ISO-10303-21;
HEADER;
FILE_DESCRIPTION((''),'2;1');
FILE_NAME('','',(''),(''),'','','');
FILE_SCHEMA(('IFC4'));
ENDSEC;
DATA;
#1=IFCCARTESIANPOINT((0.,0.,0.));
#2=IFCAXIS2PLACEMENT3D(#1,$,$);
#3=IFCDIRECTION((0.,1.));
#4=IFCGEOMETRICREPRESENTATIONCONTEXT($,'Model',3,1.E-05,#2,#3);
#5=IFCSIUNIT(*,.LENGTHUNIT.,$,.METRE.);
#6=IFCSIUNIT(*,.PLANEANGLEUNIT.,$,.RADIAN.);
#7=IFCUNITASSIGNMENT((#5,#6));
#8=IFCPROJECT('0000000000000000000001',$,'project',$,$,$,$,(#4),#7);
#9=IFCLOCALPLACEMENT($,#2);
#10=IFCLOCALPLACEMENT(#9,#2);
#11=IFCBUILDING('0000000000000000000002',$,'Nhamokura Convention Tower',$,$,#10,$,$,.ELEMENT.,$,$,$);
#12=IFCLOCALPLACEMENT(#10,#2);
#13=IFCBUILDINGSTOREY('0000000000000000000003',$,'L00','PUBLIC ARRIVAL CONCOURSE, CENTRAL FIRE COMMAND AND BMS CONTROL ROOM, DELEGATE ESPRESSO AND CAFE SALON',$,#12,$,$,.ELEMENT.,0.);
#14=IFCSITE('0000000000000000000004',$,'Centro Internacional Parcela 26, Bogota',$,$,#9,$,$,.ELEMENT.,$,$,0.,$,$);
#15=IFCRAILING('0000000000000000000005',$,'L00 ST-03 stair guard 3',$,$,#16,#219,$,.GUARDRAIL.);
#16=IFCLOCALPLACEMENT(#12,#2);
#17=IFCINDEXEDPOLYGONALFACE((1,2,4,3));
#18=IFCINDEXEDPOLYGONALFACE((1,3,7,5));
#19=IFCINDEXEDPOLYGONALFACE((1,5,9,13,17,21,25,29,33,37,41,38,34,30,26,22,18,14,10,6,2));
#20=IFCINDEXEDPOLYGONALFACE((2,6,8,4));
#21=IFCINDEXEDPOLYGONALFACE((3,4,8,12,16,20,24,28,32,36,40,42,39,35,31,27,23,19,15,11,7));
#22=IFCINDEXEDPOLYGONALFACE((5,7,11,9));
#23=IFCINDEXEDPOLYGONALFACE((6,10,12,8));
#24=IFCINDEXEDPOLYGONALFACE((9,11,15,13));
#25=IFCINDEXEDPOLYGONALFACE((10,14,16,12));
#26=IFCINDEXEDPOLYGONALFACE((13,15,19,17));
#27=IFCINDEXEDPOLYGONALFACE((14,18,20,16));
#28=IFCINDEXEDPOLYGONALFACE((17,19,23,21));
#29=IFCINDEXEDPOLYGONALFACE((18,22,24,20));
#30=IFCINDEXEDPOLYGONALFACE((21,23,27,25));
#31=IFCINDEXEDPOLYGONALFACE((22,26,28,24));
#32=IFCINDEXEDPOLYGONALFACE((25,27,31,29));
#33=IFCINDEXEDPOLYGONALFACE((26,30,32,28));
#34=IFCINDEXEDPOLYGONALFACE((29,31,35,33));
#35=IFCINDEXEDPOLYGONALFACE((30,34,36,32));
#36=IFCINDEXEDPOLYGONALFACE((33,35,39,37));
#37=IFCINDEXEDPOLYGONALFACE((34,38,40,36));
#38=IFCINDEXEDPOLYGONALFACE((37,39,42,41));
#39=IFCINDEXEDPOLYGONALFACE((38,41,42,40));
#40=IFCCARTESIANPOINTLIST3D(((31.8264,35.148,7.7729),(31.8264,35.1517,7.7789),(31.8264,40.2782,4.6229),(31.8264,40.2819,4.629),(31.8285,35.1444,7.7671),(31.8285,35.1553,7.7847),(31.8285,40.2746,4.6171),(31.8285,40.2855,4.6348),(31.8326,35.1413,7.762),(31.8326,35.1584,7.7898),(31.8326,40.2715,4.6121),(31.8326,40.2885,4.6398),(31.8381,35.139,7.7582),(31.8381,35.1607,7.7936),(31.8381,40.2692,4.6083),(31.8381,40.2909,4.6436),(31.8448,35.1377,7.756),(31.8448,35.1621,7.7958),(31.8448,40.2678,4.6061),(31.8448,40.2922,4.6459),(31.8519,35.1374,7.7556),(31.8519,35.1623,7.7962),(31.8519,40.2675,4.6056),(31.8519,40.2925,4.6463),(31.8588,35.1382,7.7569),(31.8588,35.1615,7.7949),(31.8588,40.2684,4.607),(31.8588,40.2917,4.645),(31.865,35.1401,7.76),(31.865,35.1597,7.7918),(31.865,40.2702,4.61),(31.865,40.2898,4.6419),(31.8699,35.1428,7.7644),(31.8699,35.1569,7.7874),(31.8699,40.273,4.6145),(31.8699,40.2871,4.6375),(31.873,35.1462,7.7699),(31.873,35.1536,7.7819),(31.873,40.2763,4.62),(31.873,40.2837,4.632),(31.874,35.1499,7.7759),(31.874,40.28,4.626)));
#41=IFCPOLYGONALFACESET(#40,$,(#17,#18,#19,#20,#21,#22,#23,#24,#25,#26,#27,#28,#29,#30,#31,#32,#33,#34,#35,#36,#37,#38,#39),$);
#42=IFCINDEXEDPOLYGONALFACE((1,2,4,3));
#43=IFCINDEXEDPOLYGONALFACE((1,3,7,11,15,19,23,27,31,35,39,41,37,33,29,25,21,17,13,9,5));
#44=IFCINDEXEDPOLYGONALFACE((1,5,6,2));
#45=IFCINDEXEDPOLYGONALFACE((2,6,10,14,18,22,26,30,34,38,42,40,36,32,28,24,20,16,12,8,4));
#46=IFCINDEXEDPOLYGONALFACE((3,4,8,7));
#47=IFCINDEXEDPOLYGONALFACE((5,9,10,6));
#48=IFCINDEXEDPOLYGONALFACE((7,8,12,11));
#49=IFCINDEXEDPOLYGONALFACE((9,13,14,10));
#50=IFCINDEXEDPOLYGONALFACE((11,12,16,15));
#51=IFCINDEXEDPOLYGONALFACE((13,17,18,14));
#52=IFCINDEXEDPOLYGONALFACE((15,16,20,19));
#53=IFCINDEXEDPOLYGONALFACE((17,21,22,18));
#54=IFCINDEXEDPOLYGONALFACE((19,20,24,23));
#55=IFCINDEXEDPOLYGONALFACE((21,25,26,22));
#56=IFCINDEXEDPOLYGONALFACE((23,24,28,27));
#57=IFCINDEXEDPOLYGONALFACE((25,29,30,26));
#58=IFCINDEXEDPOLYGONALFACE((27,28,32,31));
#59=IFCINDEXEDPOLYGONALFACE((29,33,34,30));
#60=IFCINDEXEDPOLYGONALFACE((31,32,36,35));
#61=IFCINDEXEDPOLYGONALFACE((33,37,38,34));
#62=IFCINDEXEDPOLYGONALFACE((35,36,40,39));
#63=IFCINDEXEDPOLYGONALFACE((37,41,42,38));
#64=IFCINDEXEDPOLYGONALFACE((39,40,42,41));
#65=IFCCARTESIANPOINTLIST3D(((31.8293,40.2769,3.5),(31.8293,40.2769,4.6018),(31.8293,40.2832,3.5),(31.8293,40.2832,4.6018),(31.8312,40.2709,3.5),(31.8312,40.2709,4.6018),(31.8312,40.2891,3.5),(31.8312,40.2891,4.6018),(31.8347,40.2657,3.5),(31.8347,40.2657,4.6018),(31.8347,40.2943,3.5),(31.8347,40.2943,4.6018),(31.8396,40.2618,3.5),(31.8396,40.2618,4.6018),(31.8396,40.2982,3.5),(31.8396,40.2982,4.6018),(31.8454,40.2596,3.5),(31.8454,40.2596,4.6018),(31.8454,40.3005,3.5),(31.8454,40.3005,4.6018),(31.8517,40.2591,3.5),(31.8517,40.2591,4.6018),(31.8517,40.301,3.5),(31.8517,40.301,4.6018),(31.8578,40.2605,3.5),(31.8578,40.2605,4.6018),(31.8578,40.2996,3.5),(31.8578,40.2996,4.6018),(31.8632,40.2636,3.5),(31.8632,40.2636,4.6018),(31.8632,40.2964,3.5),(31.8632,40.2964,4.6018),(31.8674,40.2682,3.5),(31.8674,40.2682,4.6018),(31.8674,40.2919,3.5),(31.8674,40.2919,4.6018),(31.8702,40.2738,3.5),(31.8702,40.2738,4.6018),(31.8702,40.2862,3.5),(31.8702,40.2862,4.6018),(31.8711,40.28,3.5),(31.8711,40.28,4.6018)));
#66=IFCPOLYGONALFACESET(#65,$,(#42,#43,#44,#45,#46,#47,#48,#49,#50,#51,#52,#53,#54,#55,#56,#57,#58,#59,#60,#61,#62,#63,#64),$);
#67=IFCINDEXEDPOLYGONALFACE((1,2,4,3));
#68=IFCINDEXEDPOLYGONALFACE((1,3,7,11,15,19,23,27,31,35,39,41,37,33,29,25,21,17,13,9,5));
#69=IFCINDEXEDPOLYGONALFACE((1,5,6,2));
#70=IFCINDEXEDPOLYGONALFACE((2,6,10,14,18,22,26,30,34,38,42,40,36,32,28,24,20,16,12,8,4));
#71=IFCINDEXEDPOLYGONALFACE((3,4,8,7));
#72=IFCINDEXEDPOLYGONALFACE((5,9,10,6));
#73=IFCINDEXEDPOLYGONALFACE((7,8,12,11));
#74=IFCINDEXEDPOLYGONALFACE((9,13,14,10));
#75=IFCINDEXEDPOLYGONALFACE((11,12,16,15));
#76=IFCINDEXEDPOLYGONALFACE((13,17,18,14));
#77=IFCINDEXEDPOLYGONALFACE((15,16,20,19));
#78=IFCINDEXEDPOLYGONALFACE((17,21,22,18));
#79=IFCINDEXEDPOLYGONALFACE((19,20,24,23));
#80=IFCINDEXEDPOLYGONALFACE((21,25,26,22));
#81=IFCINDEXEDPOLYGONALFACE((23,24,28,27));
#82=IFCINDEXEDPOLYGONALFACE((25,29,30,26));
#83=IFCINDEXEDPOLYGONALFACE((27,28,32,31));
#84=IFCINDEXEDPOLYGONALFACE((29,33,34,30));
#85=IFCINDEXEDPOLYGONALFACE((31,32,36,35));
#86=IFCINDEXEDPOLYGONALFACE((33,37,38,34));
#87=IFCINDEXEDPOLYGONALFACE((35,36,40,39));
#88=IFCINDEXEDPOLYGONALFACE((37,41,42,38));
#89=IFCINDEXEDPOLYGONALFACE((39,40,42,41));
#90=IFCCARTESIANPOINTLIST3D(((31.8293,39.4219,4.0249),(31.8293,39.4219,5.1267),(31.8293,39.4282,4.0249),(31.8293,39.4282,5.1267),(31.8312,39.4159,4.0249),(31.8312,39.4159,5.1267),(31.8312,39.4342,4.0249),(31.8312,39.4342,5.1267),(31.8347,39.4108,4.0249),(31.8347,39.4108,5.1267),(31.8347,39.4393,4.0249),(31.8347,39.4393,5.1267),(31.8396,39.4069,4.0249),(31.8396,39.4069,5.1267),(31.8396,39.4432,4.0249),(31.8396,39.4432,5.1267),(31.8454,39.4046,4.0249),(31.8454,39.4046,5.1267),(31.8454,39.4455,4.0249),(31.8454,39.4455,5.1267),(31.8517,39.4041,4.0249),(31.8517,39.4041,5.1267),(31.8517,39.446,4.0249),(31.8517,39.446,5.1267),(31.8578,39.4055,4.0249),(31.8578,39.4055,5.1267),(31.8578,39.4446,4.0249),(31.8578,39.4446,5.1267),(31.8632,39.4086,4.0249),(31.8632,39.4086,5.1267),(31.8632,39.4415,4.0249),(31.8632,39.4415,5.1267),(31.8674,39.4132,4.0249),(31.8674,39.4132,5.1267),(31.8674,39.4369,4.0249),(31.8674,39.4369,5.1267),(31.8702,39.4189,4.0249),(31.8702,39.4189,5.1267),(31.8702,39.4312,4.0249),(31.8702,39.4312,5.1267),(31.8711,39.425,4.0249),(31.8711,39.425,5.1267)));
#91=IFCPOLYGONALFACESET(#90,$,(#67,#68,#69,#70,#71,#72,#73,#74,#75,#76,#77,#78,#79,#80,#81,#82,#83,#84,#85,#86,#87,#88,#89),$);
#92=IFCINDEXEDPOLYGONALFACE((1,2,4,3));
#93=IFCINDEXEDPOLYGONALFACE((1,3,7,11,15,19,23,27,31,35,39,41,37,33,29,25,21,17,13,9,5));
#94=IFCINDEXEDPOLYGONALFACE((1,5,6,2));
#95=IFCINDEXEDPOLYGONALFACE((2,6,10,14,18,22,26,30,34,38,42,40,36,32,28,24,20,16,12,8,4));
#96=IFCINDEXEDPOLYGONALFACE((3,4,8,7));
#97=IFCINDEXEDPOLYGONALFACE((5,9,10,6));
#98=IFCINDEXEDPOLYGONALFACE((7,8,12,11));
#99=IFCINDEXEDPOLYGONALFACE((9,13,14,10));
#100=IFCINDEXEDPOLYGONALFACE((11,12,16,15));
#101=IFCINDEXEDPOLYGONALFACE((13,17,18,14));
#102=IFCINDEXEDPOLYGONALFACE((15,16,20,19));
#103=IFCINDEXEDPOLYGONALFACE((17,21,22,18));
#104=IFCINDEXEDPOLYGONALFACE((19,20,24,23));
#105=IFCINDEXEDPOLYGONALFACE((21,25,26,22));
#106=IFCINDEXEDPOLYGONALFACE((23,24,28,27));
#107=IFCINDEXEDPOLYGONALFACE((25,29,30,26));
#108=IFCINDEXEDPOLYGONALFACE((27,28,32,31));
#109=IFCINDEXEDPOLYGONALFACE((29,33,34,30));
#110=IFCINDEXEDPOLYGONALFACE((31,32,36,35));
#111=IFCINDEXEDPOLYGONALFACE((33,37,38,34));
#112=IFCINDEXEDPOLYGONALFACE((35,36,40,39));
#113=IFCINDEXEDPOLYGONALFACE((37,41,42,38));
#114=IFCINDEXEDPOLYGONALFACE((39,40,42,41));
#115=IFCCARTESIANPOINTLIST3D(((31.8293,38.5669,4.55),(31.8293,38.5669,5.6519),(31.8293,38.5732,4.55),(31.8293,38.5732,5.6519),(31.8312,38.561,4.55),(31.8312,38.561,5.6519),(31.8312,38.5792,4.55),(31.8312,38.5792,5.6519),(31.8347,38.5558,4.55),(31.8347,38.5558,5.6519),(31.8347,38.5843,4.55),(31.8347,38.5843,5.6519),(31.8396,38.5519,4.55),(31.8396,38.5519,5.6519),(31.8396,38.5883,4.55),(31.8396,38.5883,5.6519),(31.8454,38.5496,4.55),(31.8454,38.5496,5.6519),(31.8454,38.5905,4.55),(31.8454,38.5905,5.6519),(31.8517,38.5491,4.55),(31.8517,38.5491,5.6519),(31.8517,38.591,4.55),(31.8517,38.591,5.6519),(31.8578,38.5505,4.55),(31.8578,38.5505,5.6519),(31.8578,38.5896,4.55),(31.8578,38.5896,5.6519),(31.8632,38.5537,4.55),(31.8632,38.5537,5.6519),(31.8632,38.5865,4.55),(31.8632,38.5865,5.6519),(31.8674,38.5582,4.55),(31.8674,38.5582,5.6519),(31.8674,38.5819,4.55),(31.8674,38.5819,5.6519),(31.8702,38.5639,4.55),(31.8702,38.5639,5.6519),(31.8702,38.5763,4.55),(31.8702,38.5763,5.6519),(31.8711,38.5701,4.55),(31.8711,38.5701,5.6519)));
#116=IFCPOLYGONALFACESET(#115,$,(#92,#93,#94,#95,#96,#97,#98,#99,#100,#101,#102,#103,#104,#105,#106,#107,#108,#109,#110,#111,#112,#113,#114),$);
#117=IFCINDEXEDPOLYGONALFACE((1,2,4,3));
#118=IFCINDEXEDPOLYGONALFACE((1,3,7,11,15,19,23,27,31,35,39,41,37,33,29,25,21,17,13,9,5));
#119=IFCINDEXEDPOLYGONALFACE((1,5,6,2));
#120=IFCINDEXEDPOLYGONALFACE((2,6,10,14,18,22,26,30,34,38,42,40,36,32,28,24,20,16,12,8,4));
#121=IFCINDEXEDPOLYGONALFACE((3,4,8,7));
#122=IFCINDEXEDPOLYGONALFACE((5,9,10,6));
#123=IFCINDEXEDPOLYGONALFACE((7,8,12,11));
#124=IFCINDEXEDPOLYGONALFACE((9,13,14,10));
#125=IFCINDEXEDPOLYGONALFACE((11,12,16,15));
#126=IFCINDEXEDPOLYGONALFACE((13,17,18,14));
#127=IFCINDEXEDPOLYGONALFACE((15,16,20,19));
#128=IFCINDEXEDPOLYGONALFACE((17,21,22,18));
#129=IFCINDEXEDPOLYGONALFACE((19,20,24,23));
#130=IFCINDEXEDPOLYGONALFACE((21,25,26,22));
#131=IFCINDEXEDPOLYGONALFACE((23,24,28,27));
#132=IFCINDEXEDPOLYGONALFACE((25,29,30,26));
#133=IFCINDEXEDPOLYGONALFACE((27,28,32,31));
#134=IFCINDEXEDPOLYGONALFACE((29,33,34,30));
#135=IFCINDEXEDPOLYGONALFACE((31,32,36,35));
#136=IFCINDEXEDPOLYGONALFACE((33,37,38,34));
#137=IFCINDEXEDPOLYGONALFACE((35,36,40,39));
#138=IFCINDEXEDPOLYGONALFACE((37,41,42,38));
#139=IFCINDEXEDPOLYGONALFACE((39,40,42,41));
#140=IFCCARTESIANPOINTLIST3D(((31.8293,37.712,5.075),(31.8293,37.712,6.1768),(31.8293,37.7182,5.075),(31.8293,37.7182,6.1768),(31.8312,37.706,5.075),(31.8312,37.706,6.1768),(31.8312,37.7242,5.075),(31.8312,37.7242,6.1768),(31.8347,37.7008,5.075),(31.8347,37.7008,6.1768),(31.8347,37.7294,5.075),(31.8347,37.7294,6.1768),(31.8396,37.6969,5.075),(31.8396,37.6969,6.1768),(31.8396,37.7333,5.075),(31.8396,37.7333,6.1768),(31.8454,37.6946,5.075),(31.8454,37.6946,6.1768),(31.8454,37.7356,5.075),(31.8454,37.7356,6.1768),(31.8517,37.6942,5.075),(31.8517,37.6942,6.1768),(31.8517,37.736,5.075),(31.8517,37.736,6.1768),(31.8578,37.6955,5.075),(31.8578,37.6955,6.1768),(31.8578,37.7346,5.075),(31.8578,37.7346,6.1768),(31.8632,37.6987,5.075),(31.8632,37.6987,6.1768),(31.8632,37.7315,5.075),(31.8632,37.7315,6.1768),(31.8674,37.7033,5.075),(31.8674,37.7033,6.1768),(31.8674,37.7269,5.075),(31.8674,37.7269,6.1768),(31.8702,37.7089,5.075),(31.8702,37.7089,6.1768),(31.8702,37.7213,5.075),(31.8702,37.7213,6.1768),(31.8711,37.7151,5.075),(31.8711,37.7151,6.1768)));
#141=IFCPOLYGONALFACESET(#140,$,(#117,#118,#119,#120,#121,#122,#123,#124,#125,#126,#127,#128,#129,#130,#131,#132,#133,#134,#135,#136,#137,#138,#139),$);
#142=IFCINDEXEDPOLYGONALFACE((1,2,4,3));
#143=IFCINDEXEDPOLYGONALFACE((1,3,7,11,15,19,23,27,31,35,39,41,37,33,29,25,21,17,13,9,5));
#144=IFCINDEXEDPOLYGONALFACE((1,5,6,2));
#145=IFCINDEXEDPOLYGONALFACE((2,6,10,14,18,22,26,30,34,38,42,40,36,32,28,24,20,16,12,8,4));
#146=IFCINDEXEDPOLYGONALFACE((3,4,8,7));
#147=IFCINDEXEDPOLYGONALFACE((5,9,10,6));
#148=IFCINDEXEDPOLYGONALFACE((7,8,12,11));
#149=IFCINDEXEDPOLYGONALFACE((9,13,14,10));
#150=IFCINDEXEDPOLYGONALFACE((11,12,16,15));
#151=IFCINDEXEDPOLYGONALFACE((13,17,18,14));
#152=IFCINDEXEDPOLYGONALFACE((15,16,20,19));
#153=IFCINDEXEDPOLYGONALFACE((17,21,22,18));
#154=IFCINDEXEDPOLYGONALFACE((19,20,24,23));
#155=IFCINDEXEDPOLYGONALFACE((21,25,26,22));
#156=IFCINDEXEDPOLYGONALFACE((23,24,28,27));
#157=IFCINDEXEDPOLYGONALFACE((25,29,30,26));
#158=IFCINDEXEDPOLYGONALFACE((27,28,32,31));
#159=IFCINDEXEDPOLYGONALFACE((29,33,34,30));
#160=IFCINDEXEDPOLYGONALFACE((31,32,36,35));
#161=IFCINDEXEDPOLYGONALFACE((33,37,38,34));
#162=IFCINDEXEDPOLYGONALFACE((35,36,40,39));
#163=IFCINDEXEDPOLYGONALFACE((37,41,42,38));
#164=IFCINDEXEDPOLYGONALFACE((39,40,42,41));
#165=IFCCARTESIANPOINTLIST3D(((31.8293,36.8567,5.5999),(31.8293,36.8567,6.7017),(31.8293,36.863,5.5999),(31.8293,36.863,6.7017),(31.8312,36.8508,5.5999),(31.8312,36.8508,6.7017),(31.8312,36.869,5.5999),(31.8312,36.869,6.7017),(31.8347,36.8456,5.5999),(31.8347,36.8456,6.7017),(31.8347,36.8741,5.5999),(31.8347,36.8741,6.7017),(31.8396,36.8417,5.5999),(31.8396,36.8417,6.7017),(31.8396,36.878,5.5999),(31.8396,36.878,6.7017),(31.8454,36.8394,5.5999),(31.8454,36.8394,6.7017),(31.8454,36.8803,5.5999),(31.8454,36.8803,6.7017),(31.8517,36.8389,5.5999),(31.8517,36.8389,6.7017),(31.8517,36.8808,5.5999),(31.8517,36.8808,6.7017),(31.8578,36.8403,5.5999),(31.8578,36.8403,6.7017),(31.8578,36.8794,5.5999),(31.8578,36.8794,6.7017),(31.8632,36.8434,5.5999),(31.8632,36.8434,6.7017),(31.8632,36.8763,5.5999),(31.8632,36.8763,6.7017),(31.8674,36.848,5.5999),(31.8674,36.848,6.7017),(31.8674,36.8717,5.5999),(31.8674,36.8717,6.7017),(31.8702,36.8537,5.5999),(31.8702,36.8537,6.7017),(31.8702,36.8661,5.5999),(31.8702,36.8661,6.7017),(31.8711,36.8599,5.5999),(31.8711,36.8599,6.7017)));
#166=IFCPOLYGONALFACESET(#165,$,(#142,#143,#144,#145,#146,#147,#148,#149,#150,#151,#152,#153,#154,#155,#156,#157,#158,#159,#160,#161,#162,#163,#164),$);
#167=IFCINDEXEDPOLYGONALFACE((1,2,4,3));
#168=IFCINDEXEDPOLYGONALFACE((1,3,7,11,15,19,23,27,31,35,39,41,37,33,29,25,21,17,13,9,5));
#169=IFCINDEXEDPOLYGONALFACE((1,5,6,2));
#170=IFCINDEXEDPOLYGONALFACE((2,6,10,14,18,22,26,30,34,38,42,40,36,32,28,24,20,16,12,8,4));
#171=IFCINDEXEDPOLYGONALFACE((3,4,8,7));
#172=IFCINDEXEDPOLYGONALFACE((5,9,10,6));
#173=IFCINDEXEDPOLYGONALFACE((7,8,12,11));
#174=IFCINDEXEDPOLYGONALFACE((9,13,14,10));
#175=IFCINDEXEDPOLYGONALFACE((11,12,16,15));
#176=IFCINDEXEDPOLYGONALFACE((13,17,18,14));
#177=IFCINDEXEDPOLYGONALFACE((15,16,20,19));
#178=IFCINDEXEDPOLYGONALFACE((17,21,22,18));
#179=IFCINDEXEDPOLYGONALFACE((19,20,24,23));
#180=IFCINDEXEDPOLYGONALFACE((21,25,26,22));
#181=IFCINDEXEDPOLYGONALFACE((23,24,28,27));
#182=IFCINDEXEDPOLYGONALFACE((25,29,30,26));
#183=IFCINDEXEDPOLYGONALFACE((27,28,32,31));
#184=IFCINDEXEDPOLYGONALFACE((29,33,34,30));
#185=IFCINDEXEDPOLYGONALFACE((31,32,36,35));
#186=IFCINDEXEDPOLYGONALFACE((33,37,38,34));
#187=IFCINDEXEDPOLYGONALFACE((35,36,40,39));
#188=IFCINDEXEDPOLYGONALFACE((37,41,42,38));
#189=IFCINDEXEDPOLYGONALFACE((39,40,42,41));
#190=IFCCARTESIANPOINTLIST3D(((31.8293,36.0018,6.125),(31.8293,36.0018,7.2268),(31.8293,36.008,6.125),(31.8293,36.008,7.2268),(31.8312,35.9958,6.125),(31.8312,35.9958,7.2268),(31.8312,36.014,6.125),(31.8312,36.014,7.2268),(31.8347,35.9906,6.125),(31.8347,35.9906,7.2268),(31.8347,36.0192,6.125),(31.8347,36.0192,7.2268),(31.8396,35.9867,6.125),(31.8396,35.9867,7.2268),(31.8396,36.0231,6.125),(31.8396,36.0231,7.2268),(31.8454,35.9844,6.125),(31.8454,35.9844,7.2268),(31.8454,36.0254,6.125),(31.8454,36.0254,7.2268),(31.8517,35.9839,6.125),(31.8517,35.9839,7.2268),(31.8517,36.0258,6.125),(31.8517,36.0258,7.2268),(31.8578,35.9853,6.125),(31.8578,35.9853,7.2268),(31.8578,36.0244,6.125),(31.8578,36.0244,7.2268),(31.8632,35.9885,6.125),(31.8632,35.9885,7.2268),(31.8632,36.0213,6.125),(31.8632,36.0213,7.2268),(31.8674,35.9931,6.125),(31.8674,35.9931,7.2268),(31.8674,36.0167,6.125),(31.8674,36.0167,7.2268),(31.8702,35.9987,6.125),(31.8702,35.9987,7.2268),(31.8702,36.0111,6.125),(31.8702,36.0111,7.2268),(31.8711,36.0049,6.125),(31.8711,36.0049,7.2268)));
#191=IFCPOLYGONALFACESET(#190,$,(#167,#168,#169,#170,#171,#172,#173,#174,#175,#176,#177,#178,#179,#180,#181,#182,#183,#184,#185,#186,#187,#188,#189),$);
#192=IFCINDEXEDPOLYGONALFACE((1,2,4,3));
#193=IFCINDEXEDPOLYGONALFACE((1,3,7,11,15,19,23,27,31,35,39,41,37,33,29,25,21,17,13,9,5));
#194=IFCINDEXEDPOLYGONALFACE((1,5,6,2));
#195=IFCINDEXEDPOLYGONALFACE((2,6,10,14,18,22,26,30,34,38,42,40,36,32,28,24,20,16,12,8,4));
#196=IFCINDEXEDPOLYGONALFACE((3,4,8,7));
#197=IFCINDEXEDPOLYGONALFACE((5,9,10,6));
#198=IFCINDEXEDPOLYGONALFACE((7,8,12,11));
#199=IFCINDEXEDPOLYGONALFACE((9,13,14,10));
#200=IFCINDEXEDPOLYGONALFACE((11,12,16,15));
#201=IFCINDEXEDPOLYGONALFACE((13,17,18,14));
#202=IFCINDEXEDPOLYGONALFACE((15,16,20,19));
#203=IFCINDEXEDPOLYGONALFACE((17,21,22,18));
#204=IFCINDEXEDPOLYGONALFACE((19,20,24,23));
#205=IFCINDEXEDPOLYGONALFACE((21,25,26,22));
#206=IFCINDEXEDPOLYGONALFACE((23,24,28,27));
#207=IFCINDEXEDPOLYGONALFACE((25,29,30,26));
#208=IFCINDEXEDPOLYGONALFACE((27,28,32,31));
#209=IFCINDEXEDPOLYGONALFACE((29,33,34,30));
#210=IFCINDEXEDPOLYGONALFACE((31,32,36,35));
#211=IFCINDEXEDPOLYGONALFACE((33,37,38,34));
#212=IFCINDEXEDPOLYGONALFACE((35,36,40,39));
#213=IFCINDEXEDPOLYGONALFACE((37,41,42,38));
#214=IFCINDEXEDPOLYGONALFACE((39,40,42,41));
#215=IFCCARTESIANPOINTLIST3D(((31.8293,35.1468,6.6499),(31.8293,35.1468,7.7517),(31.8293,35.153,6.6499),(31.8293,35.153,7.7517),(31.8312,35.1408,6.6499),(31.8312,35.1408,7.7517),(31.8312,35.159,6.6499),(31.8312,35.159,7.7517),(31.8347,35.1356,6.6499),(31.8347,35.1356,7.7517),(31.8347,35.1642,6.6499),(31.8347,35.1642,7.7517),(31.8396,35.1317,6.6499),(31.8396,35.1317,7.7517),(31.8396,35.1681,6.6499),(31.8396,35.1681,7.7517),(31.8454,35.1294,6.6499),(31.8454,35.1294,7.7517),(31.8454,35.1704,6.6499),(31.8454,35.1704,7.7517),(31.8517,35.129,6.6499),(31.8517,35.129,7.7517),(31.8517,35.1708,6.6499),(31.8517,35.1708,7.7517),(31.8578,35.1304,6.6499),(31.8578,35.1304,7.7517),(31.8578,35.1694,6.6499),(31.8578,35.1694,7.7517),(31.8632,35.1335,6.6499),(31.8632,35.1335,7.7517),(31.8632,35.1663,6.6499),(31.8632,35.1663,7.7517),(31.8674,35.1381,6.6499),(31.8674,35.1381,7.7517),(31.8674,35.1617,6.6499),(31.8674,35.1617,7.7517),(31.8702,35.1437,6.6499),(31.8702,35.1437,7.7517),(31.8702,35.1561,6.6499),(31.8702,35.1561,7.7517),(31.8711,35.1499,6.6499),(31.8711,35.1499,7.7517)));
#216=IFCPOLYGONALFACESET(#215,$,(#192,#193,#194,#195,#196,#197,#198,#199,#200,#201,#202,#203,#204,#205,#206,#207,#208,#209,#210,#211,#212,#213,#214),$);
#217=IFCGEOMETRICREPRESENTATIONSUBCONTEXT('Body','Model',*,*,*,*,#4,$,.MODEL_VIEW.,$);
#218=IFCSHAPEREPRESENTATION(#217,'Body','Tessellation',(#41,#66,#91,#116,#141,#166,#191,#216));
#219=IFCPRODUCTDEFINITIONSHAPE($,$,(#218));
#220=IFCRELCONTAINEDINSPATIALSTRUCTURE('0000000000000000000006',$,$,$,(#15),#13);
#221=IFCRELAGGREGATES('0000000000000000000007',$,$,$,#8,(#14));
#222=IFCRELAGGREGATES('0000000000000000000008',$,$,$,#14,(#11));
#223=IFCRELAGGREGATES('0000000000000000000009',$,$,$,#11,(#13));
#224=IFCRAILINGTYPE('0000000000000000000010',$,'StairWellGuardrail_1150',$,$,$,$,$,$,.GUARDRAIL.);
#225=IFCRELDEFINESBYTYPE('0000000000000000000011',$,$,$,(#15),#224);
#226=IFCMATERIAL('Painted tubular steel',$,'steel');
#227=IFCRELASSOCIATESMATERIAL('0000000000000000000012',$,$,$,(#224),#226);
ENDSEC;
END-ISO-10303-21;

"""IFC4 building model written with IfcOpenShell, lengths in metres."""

from ifc_helpers import new_model, si_unit, direction, frame, origin, origin_2d, place, context, subcontext, project, spatial, circle, extrude, material, type_object, element, save


model = new_model("IFC4")

# Units and contexts
model_context = context("Model", 3, precision=1e-05, world=origin(), true_north=direction((0.0, 1.0)))
body_context = subcontext(model_context, "Body", "Model", "MODEL_VIEW")
ifc_project = project(units=[si_unit("LENGTHUNIT", "METRE"), si_unit("PLANEANGLEUNIT", "RADIAN")], contexts=[model_context])

# Site, building, storey
site_placement = place(None, origin())
site = spatial("IfcSite", under=ifc_project, at=site_placement, Name="Centro Internacional Parcela 26, Bogota", CompositionType="ELEMENT", RefElevation=0.0)
building_placement = place(site_placement, origin())
building = spatial("IfcBuilding", under=site, at=building_placement, Name="Nhamokura Convention Tower", CompositionType="ELEMENT")
storey_placement = place(building_placement, origin())
storey = spatial("IfcBuildingStorey", under=building, at=storey_placement, Name="L00", Description="PUBLIC ARRIVAL CONCOURSE, CENTRAL FIRE COMMAND AND BMS CONTROL ROOM, DELEGATE ESPRESSO AND CAFE SALON", CompositionType="ELEMENT", Elevation=0.0)

# Railing
ifc_material_1 = material(Name="Painted tubular steel", Category="steel")
railing_type = type_object("IfcRailingType", Name="StairWellGuardrail_1150", PredefinedType="GUARDRAIL", material=ifc_material_1)
railing_placement = place(storey_placement, frame((31.8501, 40.28, 3.5)))
element("IfcRailing", 1, at=railing_placement, inside=storey, type_object=railing_type, Name="L00 ST-03 stair guard 3", PredefinedType="GUARDRAIL", context=body_context, shape_type="SweptSolid", body=[
    extrude(circle(Radius=0.0239, at=origin_2d()), frame((0.0, 0.0, 1.126), z_axis=(0.0, -0.852184, 0.523242), x_axis=(1.0, 0.0, 0.0)), (0.0, 0.0, 1.0), 6.02),
    extrude(circle(Radius=0.021, at=origin_2d()), origin(), (0.0, 0.0, 1.0), 1.1018),
    extrude(circle(Radius=0.021, at=origin_2d()), frame((0.0, -0.855, 0.5249)), (0.0, 0.0, 1.0), 1.1018),
    extrude(circle(Radius=0.021, at=origin_2d()), frame((0.0, -1.71, 1.05)), (0.0, 0.0, 1.0), 1.1018),
    extrude(circle(Radius=0.021, at=origin_2d()), frame((0.0, -2.5649, 1.575)), (0.0, 0.0, 1.0), 1.1018),
    extrude(circle(Radius=0.021, at=origin_2d()), frame((0.0, -3.4202, 2.0999)), (0.0, 0.0, 1.0), 1.1018),
    extrude(circle(Radius=0.021, at=origin_2d()), frame((0.0, -4.2751, 2.625)), (0.0, 0.0, 1.0), 1.1018),
    extrude(circle(Radius=0.021, at=origin_2d()), frame((0.0, -5.1301, 3.1499)), (0.0, 0.0, 1.0), 1.1018),
])

save(model, "model.ifc")
